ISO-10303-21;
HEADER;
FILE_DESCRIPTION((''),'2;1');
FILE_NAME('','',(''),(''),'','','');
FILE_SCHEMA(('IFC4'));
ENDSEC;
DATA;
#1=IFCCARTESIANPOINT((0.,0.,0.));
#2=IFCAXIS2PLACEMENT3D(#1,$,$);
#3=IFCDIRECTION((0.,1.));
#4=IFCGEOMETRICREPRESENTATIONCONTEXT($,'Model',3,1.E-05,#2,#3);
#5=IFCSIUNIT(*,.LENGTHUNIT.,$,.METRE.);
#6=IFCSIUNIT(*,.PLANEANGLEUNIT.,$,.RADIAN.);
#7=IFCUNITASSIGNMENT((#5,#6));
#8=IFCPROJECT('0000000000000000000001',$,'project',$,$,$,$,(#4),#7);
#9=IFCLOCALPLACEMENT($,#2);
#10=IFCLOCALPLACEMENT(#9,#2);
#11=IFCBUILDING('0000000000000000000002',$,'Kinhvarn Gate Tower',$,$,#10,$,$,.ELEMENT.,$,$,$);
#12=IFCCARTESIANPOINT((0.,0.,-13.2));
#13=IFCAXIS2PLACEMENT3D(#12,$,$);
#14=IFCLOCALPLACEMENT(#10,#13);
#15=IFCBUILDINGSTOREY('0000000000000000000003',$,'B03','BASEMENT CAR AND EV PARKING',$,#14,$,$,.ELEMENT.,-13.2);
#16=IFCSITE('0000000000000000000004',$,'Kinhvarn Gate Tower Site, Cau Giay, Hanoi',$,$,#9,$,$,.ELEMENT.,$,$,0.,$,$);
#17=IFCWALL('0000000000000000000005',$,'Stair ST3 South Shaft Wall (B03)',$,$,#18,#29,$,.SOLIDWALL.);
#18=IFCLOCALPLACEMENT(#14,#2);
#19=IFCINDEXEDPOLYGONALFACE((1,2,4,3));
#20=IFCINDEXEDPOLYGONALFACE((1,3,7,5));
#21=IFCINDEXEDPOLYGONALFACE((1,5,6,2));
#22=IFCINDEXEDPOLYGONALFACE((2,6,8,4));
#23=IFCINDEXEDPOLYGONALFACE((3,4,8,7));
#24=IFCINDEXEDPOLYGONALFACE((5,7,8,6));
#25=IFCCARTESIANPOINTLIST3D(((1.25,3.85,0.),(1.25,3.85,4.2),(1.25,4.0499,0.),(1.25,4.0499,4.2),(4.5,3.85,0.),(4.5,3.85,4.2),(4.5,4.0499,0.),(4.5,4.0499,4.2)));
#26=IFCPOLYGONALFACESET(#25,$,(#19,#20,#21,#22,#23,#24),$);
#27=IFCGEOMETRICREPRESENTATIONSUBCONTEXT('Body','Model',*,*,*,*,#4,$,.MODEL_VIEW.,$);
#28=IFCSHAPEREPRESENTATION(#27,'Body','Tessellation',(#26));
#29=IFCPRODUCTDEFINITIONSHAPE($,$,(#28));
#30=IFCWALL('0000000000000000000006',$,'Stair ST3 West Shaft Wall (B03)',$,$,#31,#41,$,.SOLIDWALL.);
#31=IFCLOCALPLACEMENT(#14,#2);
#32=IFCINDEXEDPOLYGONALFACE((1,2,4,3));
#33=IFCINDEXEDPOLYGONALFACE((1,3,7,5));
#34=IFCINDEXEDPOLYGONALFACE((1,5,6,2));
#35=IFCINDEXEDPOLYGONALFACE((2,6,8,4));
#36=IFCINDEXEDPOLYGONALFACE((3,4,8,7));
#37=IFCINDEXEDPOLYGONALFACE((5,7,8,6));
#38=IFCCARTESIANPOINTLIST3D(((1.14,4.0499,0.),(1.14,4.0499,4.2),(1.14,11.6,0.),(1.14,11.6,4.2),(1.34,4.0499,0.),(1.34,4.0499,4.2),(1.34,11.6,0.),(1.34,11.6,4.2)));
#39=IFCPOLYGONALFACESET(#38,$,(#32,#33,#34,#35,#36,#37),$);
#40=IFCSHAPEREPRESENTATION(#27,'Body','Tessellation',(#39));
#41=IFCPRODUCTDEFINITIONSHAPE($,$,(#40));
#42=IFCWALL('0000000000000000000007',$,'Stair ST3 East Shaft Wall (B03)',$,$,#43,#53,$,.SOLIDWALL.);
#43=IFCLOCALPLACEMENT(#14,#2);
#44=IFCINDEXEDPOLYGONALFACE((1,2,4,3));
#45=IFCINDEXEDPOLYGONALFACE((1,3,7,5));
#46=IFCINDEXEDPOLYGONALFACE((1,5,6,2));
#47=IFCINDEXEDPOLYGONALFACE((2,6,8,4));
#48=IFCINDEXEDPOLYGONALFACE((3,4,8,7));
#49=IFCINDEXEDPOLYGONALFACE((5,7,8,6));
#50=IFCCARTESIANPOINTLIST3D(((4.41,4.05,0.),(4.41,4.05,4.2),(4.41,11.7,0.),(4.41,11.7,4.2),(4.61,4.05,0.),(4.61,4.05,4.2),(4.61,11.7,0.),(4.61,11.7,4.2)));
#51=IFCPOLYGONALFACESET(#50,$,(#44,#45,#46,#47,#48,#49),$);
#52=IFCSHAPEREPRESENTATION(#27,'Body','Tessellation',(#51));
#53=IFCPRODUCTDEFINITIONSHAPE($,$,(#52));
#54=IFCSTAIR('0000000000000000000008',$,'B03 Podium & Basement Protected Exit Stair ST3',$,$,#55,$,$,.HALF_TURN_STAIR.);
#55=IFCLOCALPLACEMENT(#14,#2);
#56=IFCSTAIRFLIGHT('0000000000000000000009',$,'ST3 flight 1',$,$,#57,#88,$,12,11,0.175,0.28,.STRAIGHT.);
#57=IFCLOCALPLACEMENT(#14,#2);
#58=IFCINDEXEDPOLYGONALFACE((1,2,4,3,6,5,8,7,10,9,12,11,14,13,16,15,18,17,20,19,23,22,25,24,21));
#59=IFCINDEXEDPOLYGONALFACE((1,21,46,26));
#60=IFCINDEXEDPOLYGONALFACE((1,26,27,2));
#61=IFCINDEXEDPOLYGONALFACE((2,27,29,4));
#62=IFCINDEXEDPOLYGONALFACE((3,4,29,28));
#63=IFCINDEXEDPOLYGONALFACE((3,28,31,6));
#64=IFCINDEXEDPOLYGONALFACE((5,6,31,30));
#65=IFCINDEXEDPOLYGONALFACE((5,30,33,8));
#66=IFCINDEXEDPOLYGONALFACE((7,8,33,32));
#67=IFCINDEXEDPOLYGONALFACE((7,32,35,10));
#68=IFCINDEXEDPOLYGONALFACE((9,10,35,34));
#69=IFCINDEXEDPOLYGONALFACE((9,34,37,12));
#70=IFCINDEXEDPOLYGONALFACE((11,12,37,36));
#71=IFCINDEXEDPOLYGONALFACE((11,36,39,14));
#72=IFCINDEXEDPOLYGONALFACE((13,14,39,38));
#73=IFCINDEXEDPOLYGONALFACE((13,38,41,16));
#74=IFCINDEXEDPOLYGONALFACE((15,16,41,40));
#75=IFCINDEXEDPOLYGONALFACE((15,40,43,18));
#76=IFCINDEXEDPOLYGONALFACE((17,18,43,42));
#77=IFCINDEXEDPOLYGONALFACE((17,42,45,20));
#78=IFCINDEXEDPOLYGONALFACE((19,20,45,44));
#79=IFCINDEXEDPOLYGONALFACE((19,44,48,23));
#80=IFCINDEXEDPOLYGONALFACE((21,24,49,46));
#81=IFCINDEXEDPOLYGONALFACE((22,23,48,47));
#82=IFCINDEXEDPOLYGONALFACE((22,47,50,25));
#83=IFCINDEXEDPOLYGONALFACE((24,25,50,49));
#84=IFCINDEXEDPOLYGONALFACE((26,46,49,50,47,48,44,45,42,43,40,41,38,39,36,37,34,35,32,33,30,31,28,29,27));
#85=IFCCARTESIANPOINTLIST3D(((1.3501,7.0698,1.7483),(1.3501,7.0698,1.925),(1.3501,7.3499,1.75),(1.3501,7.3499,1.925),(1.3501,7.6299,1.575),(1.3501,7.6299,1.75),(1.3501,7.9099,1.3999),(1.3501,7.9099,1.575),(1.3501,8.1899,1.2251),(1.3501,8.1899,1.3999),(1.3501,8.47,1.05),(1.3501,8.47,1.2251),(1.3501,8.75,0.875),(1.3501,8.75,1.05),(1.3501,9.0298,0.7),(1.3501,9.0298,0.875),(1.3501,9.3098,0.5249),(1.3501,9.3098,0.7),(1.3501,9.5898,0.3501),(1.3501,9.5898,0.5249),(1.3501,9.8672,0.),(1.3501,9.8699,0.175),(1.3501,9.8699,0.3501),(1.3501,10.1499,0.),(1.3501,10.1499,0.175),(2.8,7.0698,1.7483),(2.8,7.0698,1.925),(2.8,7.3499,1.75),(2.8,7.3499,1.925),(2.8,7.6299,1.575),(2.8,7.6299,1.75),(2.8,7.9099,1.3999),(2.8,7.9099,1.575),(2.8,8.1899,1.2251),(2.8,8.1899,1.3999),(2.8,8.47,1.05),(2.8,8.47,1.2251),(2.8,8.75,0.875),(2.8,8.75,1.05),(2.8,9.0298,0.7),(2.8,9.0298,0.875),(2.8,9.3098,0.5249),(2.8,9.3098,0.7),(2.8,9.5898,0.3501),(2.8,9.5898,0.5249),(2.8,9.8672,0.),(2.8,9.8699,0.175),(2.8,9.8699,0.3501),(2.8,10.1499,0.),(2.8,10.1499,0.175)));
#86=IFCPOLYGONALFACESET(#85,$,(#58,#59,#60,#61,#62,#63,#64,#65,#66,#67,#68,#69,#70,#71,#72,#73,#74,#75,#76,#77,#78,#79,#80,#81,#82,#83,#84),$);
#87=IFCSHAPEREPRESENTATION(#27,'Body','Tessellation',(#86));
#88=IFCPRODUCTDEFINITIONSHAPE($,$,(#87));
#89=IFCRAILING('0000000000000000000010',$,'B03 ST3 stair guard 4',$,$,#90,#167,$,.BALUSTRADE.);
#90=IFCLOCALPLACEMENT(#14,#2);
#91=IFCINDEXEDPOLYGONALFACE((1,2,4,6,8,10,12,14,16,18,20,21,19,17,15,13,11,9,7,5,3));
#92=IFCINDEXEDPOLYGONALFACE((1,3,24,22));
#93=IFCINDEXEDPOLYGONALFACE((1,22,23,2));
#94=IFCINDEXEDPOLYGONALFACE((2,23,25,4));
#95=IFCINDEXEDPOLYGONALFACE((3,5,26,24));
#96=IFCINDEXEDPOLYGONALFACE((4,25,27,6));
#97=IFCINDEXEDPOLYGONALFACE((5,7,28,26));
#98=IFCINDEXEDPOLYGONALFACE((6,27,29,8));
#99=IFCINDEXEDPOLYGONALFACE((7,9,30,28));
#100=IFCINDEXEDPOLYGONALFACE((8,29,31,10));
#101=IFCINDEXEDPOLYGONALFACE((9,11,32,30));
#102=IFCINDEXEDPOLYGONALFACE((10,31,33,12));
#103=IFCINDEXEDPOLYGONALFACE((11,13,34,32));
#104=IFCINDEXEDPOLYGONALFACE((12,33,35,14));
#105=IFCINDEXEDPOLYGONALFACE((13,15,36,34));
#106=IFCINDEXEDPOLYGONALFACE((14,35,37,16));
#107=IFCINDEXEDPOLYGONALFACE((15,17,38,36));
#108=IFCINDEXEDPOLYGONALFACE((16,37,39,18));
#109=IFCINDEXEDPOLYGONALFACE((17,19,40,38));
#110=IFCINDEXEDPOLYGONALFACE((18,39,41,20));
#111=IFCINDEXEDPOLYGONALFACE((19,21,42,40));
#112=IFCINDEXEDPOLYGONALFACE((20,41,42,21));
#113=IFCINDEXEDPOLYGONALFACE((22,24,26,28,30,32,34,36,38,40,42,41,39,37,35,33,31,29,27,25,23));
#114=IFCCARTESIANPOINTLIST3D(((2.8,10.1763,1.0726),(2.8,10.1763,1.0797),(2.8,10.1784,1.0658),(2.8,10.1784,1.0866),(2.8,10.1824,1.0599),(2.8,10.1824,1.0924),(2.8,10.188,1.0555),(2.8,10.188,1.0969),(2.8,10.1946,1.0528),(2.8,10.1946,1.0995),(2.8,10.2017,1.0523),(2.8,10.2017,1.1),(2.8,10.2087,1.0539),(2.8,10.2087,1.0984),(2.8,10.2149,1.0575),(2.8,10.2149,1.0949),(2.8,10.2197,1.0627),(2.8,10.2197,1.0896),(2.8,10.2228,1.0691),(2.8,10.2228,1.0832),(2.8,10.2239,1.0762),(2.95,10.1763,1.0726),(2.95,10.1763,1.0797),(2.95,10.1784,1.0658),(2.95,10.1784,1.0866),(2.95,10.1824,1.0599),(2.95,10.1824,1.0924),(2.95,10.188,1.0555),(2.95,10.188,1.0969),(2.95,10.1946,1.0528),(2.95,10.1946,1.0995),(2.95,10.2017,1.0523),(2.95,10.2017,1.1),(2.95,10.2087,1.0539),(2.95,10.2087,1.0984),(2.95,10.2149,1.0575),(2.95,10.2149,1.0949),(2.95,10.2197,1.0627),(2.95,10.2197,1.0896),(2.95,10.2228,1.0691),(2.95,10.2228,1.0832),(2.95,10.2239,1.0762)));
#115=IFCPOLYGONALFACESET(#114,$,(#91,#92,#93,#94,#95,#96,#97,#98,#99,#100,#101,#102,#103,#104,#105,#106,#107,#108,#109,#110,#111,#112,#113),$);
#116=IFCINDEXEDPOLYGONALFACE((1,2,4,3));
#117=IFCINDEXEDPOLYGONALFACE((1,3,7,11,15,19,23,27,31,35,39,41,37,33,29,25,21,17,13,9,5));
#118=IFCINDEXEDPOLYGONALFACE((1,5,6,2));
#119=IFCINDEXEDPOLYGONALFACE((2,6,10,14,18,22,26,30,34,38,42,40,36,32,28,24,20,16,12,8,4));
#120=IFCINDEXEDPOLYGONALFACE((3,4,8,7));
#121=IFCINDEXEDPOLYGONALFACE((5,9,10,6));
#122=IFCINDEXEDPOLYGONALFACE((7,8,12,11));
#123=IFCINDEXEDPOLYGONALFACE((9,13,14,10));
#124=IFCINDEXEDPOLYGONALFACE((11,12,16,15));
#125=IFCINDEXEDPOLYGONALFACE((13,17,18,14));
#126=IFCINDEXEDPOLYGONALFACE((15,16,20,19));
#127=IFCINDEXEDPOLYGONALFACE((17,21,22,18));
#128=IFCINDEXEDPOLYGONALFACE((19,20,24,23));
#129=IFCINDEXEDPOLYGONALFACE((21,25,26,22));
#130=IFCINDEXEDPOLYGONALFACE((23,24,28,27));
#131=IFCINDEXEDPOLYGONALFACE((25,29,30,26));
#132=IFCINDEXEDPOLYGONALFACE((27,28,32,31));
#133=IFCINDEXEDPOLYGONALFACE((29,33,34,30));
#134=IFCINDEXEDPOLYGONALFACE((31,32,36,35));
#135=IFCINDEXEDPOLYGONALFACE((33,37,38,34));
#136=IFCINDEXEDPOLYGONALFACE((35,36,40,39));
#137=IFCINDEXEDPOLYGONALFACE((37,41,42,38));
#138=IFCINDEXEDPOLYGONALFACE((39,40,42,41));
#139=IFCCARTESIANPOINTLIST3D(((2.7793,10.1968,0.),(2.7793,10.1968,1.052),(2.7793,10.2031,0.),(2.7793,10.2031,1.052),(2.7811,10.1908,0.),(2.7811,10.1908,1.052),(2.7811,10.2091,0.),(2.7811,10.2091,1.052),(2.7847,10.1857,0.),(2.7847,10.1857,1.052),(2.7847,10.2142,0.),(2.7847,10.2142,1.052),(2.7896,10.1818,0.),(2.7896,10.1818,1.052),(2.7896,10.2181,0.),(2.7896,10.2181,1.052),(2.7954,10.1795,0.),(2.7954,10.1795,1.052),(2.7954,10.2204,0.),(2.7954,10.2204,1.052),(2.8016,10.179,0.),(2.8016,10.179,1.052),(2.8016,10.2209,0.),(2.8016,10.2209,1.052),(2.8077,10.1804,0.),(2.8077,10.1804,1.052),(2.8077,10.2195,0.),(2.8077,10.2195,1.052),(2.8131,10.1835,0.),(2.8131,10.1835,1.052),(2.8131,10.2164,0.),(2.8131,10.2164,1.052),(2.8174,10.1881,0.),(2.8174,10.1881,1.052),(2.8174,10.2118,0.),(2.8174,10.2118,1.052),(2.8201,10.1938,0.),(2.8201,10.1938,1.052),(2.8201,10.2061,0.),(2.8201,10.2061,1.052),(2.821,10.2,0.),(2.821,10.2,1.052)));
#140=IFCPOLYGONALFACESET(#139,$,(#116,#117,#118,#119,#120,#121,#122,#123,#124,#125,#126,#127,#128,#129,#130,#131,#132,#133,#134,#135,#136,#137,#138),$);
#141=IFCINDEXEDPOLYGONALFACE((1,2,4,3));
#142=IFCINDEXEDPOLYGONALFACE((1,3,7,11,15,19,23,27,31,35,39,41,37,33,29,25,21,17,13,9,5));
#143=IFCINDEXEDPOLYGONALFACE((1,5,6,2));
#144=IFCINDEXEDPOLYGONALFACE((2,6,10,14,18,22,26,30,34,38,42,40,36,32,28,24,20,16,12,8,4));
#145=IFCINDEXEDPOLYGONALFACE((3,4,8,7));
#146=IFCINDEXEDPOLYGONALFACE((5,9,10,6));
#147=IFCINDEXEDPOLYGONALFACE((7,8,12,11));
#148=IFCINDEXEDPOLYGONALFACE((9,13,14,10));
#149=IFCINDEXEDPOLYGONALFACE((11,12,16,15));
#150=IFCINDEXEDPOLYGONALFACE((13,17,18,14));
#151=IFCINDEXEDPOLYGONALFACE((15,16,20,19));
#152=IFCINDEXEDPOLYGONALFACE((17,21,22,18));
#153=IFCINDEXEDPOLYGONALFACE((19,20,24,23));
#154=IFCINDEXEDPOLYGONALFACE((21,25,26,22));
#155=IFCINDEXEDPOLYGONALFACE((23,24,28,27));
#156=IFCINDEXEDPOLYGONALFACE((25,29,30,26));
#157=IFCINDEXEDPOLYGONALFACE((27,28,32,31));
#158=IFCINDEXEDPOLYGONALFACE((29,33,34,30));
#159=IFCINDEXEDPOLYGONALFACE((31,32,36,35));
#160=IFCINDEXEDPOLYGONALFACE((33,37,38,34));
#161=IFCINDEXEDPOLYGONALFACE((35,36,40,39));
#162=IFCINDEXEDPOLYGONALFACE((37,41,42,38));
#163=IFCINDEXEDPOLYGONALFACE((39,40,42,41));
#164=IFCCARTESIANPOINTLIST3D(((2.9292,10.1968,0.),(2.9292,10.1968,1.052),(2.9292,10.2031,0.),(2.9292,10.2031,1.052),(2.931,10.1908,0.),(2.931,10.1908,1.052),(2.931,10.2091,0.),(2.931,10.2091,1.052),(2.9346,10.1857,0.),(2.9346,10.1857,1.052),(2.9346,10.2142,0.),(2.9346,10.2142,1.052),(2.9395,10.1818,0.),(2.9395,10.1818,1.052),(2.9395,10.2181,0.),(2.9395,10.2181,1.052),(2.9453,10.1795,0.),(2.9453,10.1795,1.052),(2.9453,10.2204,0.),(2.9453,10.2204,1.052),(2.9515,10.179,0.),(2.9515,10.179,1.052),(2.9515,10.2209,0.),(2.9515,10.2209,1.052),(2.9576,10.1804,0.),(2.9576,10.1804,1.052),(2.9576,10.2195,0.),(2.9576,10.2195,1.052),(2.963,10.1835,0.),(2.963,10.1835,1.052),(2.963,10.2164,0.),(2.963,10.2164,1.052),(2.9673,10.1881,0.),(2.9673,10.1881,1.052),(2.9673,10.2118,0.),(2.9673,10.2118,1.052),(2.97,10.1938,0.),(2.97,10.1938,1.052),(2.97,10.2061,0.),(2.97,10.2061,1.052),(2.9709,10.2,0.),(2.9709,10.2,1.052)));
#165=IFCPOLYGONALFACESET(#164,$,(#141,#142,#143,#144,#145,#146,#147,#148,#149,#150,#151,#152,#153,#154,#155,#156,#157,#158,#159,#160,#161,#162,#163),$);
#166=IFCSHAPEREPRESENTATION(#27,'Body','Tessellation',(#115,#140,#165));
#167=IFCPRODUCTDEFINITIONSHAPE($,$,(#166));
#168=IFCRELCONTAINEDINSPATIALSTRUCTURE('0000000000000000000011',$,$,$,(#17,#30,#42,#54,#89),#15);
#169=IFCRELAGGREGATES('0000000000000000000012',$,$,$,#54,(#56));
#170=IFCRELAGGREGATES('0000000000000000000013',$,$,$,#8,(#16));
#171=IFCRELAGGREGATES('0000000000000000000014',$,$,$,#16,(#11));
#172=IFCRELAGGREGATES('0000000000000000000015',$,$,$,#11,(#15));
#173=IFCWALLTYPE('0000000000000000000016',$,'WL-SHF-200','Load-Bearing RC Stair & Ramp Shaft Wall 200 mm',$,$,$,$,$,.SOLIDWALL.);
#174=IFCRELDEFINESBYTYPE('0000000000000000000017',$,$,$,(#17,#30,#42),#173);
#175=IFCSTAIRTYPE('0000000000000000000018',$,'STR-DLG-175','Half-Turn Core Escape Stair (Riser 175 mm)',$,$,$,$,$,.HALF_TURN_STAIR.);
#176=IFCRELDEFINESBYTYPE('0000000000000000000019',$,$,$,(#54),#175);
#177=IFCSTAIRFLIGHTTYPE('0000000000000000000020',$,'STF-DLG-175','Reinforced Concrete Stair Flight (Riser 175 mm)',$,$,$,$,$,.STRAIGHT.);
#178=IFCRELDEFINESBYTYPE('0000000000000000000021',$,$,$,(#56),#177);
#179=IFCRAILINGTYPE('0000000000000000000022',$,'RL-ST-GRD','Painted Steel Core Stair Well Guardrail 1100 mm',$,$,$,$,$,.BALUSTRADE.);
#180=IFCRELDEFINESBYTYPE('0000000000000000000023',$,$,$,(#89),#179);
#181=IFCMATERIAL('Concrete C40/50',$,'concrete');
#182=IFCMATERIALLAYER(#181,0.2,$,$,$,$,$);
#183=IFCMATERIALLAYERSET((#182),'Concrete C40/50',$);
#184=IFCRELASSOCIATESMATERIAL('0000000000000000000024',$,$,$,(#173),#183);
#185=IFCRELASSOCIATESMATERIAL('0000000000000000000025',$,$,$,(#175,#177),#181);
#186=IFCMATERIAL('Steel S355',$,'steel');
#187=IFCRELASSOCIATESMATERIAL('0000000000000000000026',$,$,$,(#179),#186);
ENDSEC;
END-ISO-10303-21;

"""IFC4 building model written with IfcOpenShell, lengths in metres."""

from ifc_helpers import new_model, si_unit, direction, frame, frame_2d, origin, origin_2d, place, context, subcontext, project, spatial, polyline, rectangle, circle, outline, extrude, material, layer, layer_set, type_object, element, aggregate, save


model = new_model("IFC4")

# Units and contexts
model_context = context("Model", 3, precision=1e-05, world=origin(), true_north=direction((0.0, 1.0)))
body_context = subcontext(model_context, "Body", "Model", "MODEL_VIEW")
ifc_project = project(units=[si_unit("LENGTHUNIT", "METRE"), si_unit("PLANEANGLEUNIT", "RADIAN")], contexts=[model_context])

# Site, building, storey
site_placement = place(None, origin())
site = spatial("IfcSite", under=ifc_project, at=site_placement, Name="Kinhvarn Gate Tower Site, Cau Giay, Hanoi", CompositionType="ELEMENT", RefElevation=0.0)
building_placement = place(site_placement, origin())
building = spatial("IfcBuilding", under=site, at=building_placement, Name="Kinhvarn Gate Tower", CompositionType="ELEMENT")
storey_placement = place(building_placement, frame((0.0, 0.0, -13.2)))
storey = spatial("IfcBuildingStorey", under=building, at=storey_placement, Name="B03", Description="BASEMENT CAR AND EV PARKING", CompositionType="ELEMENT", Elevation=-13.2)

# Shared definitions
ifc_material_1 = material(Name="Concrete C40/50", Category="concrete")

# Walls
ifc_layer_1 = layer(ifc_material_1, 0.2)
ifc_layer_set_1 = layer_set([ifc_layer_1], Name="Concrete C40/50")
wall_type_1 = type_object("IfcWallType", Name="WL-SHF-200", Description="Load-Bearing RC Stair & Ramp Shaft Wall 200 mm", PredefinedType="SOLIDWALL", material=ifc_layer_set_1)
wall_1_placement = place(storey_placement, frame((1.25, 3.95, 0.0), z_axis=(0.0, 0.0, 1.0), x_axis=(1.0, 0.0, 0.0)))
element("IfcWall", 1, at=wall_1_placement, inside=storey, type_object=wall_type_1, Name="Stair ST3 South Shaft Wall (B03)", PredefinedType="SOLIDWALL", context=body_context, shape_type="SweptSolid", body=[
    extrude(rectangle(XDim=3.25, YDim=0.2, at=frame_2d((1.625, 0.0))), origin(), (0.0, 0.0, 1.0), 4.2),
])
wall_2_placement = place(storey_placement, frame((1.24, 4.05, 0.0), z_axis=(0.0, 0.0, 1.0), x_axis=(0.0, 1.0, 0.0)))
element("IfcWall", 2, at=wall_2_placement, inside=storey, type_object=wall_type_1, Name="Stair ST3 West Shaft Wall (B03)", PredefinedType="SOLIDWALL", context=body_context, shape_type="SweptSolid", body=[
    extrude(rectangle(XDim=7.55, YDim=0.2, at=frame_2d((3.7749, 0.0))), origin(), (0.0, 0.0, 1.0), 4.2),
])
wall_3_placement = place(storey_placement, frame((4.51, 4.05, 0.0), z_axis=(0.0, 0.0, 1.0), x_axis=(0.0, 1.0, 0.0)))
element("IfcWall", 3, at=wall_3_placement, inside=storey, type_object=wall_type_1, Name="Stair ST3 East Shaft Wall (B03)", PredefinedType="SOLIDWALL", context=body_context, shape_type="SweptSolid", body=[
    extrude(rectangle(XDim=7.6499, YDim=0.2, at=frame_2d((3.825, 0.0))), origin(), (0.0, 0.0, 1.0), 4.2),
])

# Stair, stair flight
stair_type = type_object("IfcStairType", Name="STR-DLG-175", Description="Half-Turn Core Escape Stair (Riser 175 mm)", PredefinedType="HALF_TURN_STAIR", material=ifc_material_1)
stair_placement = place(storey_placement, origin())
stair = element("IfcStair", 4, at=stair_placement, inside=storey, type_object=stair_type, Name="B03 Podium & Basement Protected Exit Stair ST3", PredefinedType="HALF_TURN_STAIR")
stair_flight_type = type_object("IfcStairFlightType", Name="STF-DLG-175", Description="Reinforced Concrete Stair Flight (Riser 175 mm)", PredefinedType="STRAIGHT", material=ifc_material_1)
stair_flight_placement = place(storey_placement, frame((2.075, 10.1499, 0.0), z_axis=(0.0, 0.0, 1.0), x_axis=(0.0, -1.0, 0.0)))
stair_flight = element("IfcStairFlight", 5, at=stair_flight_placement, type_object=stair_flight_type, Name="ST3 flight 1", NumberOfRisers=12, NumberOfTreads=11, PredefinedType="STRAIGHT", RiserHeight=0.175, TreadLength=0.28, context=body_context, shape_type="SweptSolid", body=[
    extrude(outline(polyline([(0.0, 0.0), (0.0, 0.175), (0.28, 0.175), (0.28, 0.3501), (0.5601, 0.3501), (0.5601, 0.5249), (0.8401, 0.5249), (0.8401, 0.7), (1.1201, 0.7), (1.1201, 0.875), (1.3999, 0.875), (1.3999, 1.05), (1.6799, 1.05), (1.6799, 1.2251), (1.96, 1.2251), (1.96, 1.3999), (2.24, 1.3999), (2.24, 1.575), (2.52, 1.575), (2.52, 1.75), (2.8, 1.75), (2.8, 1.925), (3.0801, 1.925), (3.0801, 2.1001), (3.0801, 1.7483), (0.2827, 0.0), (0.0, 0.0)])), frame((0.0, 0.7251, 0.0), z_axis=(0.0, -1.0, 0.0), x_axis=(1.0, 0.0, 0.0)), (0.0, 0.0, 1.0), 1.45),
])
aggregate(stair, [stair_flight])

# Railing
ifc_material_2 = material(Name="Steel S355", Category="steel")
railing_type = type_object("IfcRailingType", Name="RL-ST-GRD", Description="Painted Steel Core Stair Well Guardrail 1100 mm", PredefinedType="BALUSTRADE", material=ifc_material_2)
railing_placement = place(storey_placement, frame((2.8, 10.2, 0.0)))
element("IfcRailing", 6, at=railing_placement, inside=storey, type_object=railing_type, Name="B03 ST3 stair guard 4", PredefinedType="BALUSTRADE", context=body_context, shape_type="SweptSolid", body=[
    extrude(circle(Radius=0.0239, at=origin_2d()), frame((0.0, 0.0, 1.0762), z_axis=(1.0, 0.0, 0.0), x_axis=(0.0, 1.0, 0.0)), (0.0, 0.0, 1.0), 0.1499),
    extrude(circle(Radius=0.021, at=origin_2d()), origin(), (0.0, 0.0, 1.0), 1.052),
    extrude(circle(Radius=0.021, at=origin_2d()), frame((0.1499, 0.0, 0.0)), (0.0, 0.0, 1.0), 1.052),
])

save(model, "model.ifc")
